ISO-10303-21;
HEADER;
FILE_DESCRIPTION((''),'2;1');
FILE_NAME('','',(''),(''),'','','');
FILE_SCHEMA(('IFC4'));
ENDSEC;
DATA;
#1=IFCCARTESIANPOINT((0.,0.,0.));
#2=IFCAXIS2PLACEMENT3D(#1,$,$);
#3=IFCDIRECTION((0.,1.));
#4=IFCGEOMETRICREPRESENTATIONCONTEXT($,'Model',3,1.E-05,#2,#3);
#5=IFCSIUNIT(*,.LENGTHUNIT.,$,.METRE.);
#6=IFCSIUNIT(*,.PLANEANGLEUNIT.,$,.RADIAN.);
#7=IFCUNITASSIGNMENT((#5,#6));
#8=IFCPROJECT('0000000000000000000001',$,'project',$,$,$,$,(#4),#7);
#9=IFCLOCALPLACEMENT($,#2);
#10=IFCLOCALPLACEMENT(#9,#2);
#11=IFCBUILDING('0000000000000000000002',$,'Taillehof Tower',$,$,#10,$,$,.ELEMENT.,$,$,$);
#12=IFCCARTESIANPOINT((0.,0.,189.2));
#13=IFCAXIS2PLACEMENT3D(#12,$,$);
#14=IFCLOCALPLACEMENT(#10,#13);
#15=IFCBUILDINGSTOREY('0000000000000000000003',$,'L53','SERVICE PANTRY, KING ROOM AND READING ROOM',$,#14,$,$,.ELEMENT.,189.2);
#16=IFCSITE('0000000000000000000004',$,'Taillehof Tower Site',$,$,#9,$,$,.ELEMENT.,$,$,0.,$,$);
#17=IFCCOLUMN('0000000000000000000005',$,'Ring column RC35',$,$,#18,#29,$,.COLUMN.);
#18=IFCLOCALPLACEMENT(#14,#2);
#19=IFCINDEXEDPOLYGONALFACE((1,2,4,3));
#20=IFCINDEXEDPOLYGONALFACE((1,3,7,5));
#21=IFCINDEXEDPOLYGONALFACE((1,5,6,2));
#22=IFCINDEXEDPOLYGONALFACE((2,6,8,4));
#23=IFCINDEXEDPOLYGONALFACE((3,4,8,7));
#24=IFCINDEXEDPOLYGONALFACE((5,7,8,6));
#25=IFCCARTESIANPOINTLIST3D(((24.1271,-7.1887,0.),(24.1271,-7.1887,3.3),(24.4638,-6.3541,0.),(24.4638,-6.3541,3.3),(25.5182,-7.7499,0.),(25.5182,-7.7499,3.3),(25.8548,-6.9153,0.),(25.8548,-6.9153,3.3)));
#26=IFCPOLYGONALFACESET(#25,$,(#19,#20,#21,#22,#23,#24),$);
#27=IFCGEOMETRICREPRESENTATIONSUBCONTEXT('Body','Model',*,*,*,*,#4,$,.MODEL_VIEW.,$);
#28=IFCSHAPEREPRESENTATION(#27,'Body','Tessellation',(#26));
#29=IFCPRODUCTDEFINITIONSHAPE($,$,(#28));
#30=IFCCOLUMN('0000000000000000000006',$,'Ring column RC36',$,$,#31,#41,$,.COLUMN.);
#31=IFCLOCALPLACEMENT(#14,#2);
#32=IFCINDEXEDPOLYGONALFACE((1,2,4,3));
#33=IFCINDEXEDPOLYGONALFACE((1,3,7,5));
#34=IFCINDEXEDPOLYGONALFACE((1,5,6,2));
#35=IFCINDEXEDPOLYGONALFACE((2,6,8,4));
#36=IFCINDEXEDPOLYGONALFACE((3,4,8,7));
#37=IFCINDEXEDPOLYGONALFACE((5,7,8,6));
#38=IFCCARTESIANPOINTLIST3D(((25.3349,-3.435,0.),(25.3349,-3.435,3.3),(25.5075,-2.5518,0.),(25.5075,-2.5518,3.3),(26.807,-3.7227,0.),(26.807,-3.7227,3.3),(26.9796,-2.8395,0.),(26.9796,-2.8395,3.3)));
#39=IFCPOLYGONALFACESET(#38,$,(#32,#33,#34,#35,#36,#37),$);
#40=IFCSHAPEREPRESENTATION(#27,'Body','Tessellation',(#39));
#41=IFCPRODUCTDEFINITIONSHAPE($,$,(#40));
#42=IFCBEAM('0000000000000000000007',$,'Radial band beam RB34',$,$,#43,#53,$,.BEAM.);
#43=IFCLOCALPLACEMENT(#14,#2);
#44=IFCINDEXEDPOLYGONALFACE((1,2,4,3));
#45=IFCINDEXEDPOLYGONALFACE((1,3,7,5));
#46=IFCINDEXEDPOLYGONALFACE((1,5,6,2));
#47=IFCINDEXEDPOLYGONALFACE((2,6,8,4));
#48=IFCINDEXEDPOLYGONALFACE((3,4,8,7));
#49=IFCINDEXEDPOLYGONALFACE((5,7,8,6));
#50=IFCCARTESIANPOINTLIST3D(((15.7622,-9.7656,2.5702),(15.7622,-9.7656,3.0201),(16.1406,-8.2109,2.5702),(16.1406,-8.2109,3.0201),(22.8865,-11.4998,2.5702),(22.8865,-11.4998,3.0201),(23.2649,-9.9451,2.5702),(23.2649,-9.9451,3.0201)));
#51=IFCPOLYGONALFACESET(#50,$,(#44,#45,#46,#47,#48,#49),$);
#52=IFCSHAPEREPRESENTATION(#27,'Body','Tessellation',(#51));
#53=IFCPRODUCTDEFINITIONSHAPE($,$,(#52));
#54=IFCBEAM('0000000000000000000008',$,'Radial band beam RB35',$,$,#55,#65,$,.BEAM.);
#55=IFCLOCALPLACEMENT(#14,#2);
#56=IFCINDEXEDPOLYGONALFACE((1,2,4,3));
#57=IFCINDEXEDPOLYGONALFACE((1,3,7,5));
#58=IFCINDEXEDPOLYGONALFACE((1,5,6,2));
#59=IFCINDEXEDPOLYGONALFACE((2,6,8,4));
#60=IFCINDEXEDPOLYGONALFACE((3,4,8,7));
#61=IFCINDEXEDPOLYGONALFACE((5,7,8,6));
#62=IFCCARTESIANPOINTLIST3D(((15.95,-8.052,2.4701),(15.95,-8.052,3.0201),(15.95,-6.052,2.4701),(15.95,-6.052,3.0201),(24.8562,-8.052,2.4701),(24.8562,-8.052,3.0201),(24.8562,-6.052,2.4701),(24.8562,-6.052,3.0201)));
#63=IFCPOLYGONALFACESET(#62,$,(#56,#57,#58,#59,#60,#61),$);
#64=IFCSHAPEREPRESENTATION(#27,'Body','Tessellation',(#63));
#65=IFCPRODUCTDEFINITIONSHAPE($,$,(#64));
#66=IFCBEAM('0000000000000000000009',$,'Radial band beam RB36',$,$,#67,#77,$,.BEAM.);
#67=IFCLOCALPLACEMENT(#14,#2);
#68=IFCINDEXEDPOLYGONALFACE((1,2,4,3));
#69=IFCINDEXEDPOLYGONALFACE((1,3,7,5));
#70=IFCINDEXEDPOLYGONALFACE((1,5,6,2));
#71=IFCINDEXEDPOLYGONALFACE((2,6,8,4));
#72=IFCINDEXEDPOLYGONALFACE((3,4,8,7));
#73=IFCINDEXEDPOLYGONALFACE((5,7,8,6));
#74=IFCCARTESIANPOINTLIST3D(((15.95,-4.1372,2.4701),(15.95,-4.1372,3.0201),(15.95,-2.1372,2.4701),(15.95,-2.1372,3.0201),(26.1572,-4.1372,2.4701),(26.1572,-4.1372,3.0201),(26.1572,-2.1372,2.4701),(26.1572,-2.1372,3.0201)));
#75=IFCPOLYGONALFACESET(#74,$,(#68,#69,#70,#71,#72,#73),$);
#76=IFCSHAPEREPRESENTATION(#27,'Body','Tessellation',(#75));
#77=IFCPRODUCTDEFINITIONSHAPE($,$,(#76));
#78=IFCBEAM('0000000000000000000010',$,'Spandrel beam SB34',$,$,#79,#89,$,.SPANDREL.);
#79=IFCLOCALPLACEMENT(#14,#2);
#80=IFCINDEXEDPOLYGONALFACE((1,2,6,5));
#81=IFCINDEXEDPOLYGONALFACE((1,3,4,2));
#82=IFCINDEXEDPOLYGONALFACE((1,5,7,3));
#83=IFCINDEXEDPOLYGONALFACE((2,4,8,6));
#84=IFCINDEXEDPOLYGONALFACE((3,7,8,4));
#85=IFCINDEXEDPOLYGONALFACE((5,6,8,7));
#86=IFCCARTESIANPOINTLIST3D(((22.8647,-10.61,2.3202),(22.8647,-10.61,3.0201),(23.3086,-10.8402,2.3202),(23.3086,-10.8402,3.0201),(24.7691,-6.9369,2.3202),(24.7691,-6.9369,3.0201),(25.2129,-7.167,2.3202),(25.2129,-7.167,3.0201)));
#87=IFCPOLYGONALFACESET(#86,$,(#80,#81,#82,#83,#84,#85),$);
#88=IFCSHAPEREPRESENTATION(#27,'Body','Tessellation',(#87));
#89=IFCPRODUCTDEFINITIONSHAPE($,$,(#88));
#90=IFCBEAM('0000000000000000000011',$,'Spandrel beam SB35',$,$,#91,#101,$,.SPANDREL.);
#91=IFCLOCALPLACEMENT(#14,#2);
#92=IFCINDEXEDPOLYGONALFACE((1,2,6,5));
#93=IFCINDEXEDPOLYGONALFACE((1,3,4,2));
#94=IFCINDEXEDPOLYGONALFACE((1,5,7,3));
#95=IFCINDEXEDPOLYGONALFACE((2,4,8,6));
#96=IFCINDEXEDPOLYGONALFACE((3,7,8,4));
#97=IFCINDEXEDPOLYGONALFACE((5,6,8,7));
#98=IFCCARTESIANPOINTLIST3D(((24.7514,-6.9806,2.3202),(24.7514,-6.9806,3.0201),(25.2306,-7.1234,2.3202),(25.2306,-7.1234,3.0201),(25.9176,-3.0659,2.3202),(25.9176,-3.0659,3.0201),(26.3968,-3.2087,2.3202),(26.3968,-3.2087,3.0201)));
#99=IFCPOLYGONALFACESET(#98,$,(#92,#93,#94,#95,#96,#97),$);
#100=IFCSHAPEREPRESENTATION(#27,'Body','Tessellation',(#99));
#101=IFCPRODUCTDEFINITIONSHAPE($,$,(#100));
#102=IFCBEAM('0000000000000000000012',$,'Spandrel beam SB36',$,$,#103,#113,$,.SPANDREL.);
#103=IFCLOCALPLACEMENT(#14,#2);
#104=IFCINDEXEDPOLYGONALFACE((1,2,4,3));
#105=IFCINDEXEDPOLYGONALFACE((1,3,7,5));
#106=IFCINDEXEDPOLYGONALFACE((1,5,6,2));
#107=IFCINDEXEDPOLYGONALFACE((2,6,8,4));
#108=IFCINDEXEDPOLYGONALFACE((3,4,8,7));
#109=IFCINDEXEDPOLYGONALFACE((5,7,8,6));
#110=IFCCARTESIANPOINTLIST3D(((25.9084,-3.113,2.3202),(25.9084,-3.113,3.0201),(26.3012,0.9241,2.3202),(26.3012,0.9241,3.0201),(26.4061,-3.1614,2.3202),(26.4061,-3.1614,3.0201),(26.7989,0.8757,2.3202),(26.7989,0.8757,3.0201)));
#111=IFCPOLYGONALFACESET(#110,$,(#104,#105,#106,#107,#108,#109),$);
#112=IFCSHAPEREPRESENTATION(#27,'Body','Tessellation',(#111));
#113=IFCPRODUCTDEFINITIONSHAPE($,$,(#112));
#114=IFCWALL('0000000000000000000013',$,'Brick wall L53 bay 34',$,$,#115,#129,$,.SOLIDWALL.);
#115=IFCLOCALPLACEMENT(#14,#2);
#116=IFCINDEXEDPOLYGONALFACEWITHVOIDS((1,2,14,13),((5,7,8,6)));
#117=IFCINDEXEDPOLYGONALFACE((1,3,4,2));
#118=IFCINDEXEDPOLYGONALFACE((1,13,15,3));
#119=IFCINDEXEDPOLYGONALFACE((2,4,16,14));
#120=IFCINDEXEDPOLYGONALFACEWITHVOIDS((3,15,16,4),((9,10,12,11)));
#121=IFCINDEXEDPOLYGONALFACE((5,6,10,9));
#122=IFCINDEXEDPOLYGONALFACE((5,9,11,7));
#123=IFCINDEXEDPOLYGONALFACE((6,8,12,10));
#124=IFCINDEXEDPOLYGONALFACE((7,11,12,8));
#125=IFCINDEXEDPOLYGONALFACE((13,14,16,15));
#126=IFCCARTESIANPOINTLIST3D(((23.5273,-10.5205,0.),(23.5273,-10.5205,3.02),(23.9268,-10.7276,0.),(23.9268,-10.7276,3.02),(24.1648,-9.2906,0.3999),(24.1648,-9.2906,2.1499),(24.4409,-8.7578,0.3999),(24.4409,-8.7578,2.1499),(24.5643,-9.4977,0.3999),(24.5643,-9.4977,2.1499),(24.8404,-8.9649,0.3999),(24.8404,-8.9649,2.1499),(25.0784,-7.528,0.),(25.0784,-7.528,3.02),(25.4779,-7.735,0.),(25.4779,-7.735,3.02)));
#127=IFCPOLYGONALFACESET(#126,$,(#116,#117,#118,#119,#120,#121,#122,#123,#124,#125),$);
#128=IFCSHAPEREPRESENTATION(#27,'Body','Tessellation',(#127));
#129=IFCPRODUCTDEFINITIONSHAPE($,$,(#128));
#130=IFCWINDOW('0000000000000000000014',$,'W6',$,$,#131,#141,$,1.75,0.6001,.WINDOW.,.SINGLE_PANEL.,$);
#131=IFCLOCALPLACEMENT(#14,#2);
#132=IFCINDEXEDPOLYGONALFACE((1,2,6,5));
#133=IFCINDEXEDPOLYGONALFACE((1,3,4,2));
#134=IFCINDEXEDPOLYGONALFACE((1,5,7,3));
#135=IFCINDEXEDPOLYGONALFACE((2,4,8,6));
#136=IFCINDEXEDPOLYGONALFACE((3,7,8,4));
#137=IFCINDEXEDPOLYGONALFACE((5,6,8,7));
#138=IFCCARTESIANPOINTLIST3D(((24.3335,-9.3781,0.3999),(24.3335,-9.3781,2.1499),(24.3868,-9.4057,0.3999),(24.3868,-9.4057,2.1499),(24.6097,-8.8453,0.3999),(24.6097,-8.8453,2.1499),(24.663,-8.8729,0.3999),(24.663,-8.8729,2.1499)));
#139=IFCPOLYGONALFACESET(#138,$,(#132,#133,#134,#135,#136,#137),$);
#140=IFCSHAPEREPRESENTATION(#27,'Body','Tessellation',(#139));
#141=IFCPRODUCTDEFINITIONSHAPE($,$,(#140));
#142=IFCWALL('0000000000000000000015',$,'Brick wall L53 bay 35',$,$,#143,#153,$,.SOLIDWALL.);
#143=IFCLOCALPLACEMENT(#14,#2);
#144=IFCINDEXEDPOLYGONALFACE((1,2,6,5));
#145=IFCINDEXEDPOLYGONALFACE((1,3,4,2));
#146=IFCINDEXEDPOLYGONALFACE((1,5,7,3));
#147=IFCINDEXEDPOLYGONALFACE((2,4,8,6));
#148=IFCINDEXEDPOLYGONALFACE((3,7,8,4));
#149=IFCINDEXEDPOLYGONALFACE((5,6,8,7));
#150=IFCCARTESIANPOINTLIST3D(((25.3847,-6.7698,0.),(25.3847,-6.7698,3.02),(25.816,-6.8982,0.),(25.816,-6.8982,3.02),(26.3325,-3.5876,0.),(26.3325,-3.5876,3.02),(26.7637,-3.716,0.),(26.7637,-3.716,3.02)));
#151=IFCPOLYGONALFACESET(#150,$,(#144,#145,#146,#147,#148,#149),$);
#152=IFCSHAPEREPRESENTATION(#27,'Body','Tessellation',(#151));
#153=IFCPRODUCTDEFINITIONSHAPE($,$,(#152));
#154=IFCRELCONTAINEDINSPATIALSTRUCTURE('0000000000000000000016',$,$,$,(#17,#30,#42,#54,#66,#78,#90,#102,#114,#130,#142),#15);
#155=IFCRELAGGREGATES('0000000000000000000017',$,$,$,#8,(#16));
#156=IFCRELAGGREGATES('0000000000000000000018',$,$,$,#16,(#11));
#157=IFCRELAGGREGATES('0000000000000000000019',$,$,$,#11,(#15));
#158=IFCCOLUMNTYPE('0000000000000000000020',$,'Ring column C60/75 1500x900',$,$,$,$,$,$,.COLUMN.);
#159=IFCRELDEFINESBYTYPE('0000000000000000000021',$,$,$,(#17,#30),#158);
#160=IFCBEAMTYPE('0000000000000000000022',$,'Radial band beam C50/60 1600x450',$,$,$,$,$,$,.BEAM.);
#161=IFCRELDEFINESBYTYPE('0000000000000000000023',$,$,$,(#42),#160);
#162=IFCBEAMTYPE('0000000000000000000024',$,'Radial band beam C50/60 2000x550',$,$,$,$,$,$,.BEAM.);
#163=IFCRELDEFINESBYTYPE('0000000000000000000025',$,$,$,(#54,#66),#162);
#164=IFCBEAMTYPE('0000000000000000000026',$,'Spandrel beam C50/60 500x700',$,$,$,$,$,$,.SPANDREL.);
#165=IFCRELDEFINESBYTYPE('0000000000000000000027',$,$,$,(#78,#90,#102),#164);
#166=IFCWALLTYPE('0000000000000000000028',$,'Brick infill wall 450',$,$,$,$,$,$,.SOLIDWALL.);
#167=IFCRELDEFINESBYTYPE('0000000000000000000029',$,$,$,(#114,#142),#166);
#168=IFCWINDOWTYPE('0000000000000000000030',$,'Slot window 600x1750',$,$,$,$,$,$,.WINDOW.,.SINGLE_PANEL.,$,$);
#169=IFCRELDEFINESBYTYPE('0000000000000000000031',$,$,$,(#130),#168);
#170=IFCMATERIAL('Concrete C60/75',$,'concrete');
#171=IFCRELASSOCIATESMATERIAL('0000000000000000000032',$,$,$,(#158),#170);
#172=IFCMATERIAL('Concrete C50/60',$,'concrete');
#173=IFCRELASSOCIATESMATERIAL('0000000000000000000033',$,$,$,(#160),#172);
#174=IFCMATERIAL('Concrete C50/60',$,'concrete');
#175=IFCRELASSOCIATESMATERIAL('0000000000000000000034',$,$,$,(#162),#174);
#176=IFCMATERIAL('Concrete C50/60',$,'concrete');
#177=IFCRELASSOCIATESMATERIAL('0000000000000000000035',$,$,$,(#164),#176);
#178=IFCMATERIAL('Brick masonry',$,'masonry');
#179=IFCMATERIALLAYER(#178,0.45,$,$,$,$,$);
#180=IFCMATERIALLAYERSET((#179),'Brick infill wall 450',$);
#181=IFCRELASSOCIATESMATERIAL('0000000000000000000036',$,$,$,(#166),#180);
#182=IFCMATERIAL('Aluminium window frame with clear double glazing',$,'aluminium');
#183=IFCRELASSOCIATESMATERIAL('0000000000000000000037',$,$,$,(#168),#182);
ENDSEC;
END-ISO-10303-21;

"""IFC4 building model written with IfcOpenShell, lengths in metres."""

from ifc_helpers import new_model, si_unit, direction, frame, frame_2d, origin, origin_2d, place, context, subcontext, project, spatial, rectangle, extrude, material, layer, layer_set, material_profile, profile_set, type_object, element, fill, save


model = new_model("IFC4")

# Units and contexts
model_context = context("Model", 3, precision=1e-05, world=origin(), true_north=direction((0.0, 1.0)))
body_context = subcontext(model_context, "Body", "Model", "MODEL_VIEW")
ifc_project = project(units=[si_unit("LENGTHUNIT", "METRE"), si_unit("PLANEANGLEUNIT", "RADIAN")], contexts=[model_context])

# Site, building, storey
site_placement = place(None, origin())
site = spatial("IfcSite", under=ifc_project, at=site_placement, Name="Taillehof Tower Site", CompositionType="ELEMENT", RefElevation=0.0)
building_placement = place(site_placement, origin())
building = spatial("IfcBuilding", under=site, at=building_placement, Name="Taillehof Tower", CompositionType="ELEMENT")
storey_placement = place(building_placement, frame((0.0, 0.0, 189.2)))
storey = spatial("IfcBuildingStorey", under=building, at=storey_placement, Name="L53", Description="SERVICE PANTRY, KING ROOM AND READING ROOM", CompositionType="ELEMENT", Elevation=189.2)

# Columns
ifc_material_1 = material(Name="Concrete C60/75", Category="concrete")
ifc_material_profile_1 = material_profile(ifc_material_1, rectangle(XDim=1.5, YDim=0.8999, at=origin_2d()), Name="RC 1500x900")
ifc_profile_set_1 = profile_set([ifc_material_profile_1], Name="Concrete C60/75")
column_type = type_object("IfcColumnType", Name="Ring column C60/75 1500x900", PredefinedType="COLUMN", material=ifc_profile_set_1)
for number, where, z_axis, x_axis, name in (
    (1, (24.991, -7.052, 0.0), (0.0, 0.0, 1.0), (0.927385, -0.374108, 0.0), "Ring column RC35"),
    (2, (26.1572, -3.1372, 0.0), (0.0, 0.0, 1.0), (0.981434, -0.191801, 0.0), "Ring column RC36"),
):
    element("IfcColumn", number, at=place(storey_placement, frame(where, z_axis=z_axis, x_axis=x_axis)), inside=storey, type_object=column_type, Name=name, PredefinedType="COLUMN", context=body_context, shape_type="SweptSolid", body=[
        extrude(rectangle(XDim=1.5, YDim=0.8999, at=origin_2d()), origin(), (0.0, 0.0, 1.0), 3.3),
    ])

# Beams
ifc_material_2 = material(Name="Concrete C50/60", Category="concrete")
ifc_material_profile_2 = material_profile(ifc_material_2, rectangle(XDim=1.6001, YDim=0.45, at=origin_2d()), Name="RC 1600x450")
ifc_profile_set_2 = profile_set([ifc_material_profile_2], Name="Concrete C50/60")
beam_type_1 = type_object("IfcBeamType", Name="Radial band beam C50/60 1600x450", PredefinedType="BEAM", material=ifc_profile_set_2)
beam_1_placement = place(storey_placement, frame((23.0757, -10.7224, 2.7952), z_axis=(-0.97163, 0.236506, 0.0), x_axis=(-0.236506, -0.97163, 0.0)))
element("IfcBeam", 3, at=beam_1_placement, inside=storey, type_object=beam_type_1, Name="Radial band beam RB34", PredefinedType="BEAM", context=body_context, shape_type="SweptSolid", body=[
    extrude(rectangle(XDim=1.6001, YDim=0.45, at=origin_2d()), origin(), (0.0, 0.0, 1.0), 7.3323),
])
ifc_material_3 = material(Name="Concrete C50/60", Category="concrete")
ifc_material_profile_3 = material_profile(ifc_material_3, rectangle(XDim=2.0, YDim=0.55, at=origin_2d()), Name="RC 2000x550")
ifc_profile_set_3 = profile_set([ifc_material_profile_3], Name="Concrete C50/60")
beam_type_2 = type_object("IfcBeamType", Name="Radial band beam C50/60 2000x550", PredefinedType="BEAM", material=ifc_profile_set_3)
beam_2_placement = place(storey_placement, frame((24.8562, -7.052, 2.7451), z_axis=(-1.0, 0.0, 0.0), x_axis=(0.0, -1.0, 0.0)))
element("IfcBeam", 4, at=beam_2_placement, inside=storey, type_object=beam_type_2, Name="Radial band beam RB35", PredefinedType="BEAM", context=body_context, shape_type="SweptSolid", body=[
    extrude(rectangle(XDim=2.0, YDim=0.55, at=origin_2d()), origin(), (0.0, 0.0, 1.0), 8.9062),
])
beam_3_placement = place(storey_placement, frame((26.1572, -3.1372, 2.7451), z_axis=(-1.0, 0.0, 0.0), x_axis=(0.0, -1.0, 0.0)))
element("IfcBeam", 5, at=beam_3_placement, inside=storey, type_object=beam_type_2, Name="Radial band beam RB36", PredefinedType="BEAM", context=body_context, shape_type="SweptSolid", body=[
    extrude(rectangle(XDim=2.0, YDim=0.55, at=origin_2d()), origin(), (0.0, 0.0, 1.0), 10.2073),
])
ifc_material_4 = material(Name="Concrete C50/60", Category="concrete")
ifc_material_profile_4 = material_profile(ifc_material_4, rectangle(XDim=0.5, YDim=0.7, at=origin_2d()), Name="RC 500x700")
ifc_profile_set_4 = profile_set([ifc_material_profile_4], Name="Concrete C50/60")
beam_type_3 = type_object("IfcBeamType", Name="Spandrel beam C50/60 500x700", PredefinedType="SPANDREL", material=ifc_profile_set_4)
beam_4_placement = place(storey_placement, frame((23.0867, -10.7251, 2.6702), z_axis=(0.460265, 0.887781, 0.0), x_axis=(-0.887781, 0.460265, 0.0)))
element("IfcBeam", 6, at=beam_4_placement, inside=storey, type_object=beam_type_3, Name="Spandrel beam SB34", PredefinedType="SPANDREL", context=body_context, shape_type="SweptSolid", body=[
    extrude(rectangle(XDim=0.5, YDim=0.7, at=origin_2d()), origin(), (0.0, 0.0, 1.0), 4.1375),
])
beam_5_placement = place(storey_placement, frame((24.991, -7.052, 2.6702), z_axis=(0.28551, 0.958376, 0.0), x_axis=(-0.958376, 0.28551, 0.0)))
element("IfcBeam", 7, at=beam_5_placement, inside=storey, type_object=beam_type_3, Name="Spandrel beam SB35", PredefinedType="SPANDREL", context=body_context, shape_type="SweptSolid", body=[
    extrude(rectangle(XDim=0.5, YDim=0.7, at=origin_2d()), origin(), (0.0, 0.0, 1.0), 4.0847),
])
beam_6_placement = place(storey_placement, frame((26.1572, -3.1372, 2.6702), z_axis=(0.096845, 0.995299, 0.0), x_axis=(-0.995299, 0.096845, 0.0)))
element("IfcBeam", 8, at=beam_6_placement, inside=storey, type_object=beam_type_3, Name="Spandrel beam SB36", PredefinedType="SPANDREL", context=body_context, shape_type="SweptSolid", body=[
    extrude(rectangle(XDim=0.5, YDim=0.7, at=origin_2d()), origin(), (0.0, 0.0, 1.0), 4.0562),
])

# Wall, opening, window
ifc_material_5 = material(Name="Brick masonry", Category="masonry")
ifc_layer_1 = layer(ifc_material_5, 0.45)
ifc_layer_set_1 = layer_set([ifc_layer_1], Name="Brick infill wall 450")
wall_type_1 = type_object("IfcWallType", Name="Brick infill wall 450", PredefinedType="SOLIDWALL", material=ifc_layer_set_1)
wall_1_placement = place(storey_placement, frame((23.7271, -10.624, 0.0), z_axis=(0.0, 0.0, 1.0), x_axis=(0.460176, 0.887828, 0.0)))
wall_1 = element("IfcWall", 9, at=wall_1_placement, inside=storey, type_object=wall_type_1, Name="Brick wall L53 bay 34", PredefinedType="SOLIDWALL", context=body_context, shape_type="SweptSolid", body=[
    extrude(rectangle(XDim=3.3706, YDim=0.45, at=frame_2d((1.6853, 0.0))), origin(), (0.0, 0.0, 1.0), 3.02),
])
opening_1_placement = place(wall_1_placement, frame((1.3853, 0.0, 0.3999)))
opening_1 = element("IfcOpeningElement", 10, at=opening_1_placement, cuts=wall_1, PredefinedType="OPENING", context=body_context, shape_type="SweptSolid", body=[
    extrude(rectangle(XDim=0.6001, YDim=1.75, at=frame_2d((0.3, 0.875))), frame((0.0, 0.2349, 0.0), z_axis=(0.0, -1.0, 0.0), x_axis=(1.0, 0.0, 0.0)), (0.0, 0.0, 1.0), 0.47),
])
ifc_material_6 = material(Name="Aluminium window frame with clear double glazing", Category="aluminium")
window_type = type_object("IfcWindowType", Name="Slot window 600x1750", PartitioningType="SINGLE_PANEL", PredefinedType="WINDOW", material=ifc_material_6)
window_1_placement = place(opening_1_placement, origin())
window_1 = element("IfcWindow", 11, at=window_1_placement, inside=storey, type_object=window_type, Name="W6", OverallHeight=1.75, OverallWidth=0.6001, PartitioningType="SINGLE_PANEL", PredefinedType="WINDOW", context=body_context, shape_type="SweptSolid", body=[
    extrude(rectangle(XDim=0.6001, YDim=1.75, at=frame_2d((0.3, 0.875))), frame((0.0, 0.0349, 0.0), z_axis=(0.0, -1.0, 0.0), x_axis=(1.0, 0.0, 0.0)), (0.0, 0.0, 1.0), 0.0601),
])
fill(opening_1, window_1)

# Wall
wall_2_placement = place(storey_placement, frame((25.6003, -6.834, 0.0), z_axis=(0.0, 0.0, 1.0), x_axis=(0.285445, 0.958395, 0.0)))
element("IfcWall", 12, at=wall_2_placement, inside=storey, type_object=wall_type_1, Name="Brick wall L53 bay 35", PredefinedType="SOLIDWALL", context=body_context, shape_type="SweptSolid", body=[
    extrude(rectangle(XDim=3.3203, YDim=0.45, at=frame_2d((1.6602, 0.0))), origin(), (0.0, 0.0, 1.0), 3.02),
])

save(model, "model.ifc")
